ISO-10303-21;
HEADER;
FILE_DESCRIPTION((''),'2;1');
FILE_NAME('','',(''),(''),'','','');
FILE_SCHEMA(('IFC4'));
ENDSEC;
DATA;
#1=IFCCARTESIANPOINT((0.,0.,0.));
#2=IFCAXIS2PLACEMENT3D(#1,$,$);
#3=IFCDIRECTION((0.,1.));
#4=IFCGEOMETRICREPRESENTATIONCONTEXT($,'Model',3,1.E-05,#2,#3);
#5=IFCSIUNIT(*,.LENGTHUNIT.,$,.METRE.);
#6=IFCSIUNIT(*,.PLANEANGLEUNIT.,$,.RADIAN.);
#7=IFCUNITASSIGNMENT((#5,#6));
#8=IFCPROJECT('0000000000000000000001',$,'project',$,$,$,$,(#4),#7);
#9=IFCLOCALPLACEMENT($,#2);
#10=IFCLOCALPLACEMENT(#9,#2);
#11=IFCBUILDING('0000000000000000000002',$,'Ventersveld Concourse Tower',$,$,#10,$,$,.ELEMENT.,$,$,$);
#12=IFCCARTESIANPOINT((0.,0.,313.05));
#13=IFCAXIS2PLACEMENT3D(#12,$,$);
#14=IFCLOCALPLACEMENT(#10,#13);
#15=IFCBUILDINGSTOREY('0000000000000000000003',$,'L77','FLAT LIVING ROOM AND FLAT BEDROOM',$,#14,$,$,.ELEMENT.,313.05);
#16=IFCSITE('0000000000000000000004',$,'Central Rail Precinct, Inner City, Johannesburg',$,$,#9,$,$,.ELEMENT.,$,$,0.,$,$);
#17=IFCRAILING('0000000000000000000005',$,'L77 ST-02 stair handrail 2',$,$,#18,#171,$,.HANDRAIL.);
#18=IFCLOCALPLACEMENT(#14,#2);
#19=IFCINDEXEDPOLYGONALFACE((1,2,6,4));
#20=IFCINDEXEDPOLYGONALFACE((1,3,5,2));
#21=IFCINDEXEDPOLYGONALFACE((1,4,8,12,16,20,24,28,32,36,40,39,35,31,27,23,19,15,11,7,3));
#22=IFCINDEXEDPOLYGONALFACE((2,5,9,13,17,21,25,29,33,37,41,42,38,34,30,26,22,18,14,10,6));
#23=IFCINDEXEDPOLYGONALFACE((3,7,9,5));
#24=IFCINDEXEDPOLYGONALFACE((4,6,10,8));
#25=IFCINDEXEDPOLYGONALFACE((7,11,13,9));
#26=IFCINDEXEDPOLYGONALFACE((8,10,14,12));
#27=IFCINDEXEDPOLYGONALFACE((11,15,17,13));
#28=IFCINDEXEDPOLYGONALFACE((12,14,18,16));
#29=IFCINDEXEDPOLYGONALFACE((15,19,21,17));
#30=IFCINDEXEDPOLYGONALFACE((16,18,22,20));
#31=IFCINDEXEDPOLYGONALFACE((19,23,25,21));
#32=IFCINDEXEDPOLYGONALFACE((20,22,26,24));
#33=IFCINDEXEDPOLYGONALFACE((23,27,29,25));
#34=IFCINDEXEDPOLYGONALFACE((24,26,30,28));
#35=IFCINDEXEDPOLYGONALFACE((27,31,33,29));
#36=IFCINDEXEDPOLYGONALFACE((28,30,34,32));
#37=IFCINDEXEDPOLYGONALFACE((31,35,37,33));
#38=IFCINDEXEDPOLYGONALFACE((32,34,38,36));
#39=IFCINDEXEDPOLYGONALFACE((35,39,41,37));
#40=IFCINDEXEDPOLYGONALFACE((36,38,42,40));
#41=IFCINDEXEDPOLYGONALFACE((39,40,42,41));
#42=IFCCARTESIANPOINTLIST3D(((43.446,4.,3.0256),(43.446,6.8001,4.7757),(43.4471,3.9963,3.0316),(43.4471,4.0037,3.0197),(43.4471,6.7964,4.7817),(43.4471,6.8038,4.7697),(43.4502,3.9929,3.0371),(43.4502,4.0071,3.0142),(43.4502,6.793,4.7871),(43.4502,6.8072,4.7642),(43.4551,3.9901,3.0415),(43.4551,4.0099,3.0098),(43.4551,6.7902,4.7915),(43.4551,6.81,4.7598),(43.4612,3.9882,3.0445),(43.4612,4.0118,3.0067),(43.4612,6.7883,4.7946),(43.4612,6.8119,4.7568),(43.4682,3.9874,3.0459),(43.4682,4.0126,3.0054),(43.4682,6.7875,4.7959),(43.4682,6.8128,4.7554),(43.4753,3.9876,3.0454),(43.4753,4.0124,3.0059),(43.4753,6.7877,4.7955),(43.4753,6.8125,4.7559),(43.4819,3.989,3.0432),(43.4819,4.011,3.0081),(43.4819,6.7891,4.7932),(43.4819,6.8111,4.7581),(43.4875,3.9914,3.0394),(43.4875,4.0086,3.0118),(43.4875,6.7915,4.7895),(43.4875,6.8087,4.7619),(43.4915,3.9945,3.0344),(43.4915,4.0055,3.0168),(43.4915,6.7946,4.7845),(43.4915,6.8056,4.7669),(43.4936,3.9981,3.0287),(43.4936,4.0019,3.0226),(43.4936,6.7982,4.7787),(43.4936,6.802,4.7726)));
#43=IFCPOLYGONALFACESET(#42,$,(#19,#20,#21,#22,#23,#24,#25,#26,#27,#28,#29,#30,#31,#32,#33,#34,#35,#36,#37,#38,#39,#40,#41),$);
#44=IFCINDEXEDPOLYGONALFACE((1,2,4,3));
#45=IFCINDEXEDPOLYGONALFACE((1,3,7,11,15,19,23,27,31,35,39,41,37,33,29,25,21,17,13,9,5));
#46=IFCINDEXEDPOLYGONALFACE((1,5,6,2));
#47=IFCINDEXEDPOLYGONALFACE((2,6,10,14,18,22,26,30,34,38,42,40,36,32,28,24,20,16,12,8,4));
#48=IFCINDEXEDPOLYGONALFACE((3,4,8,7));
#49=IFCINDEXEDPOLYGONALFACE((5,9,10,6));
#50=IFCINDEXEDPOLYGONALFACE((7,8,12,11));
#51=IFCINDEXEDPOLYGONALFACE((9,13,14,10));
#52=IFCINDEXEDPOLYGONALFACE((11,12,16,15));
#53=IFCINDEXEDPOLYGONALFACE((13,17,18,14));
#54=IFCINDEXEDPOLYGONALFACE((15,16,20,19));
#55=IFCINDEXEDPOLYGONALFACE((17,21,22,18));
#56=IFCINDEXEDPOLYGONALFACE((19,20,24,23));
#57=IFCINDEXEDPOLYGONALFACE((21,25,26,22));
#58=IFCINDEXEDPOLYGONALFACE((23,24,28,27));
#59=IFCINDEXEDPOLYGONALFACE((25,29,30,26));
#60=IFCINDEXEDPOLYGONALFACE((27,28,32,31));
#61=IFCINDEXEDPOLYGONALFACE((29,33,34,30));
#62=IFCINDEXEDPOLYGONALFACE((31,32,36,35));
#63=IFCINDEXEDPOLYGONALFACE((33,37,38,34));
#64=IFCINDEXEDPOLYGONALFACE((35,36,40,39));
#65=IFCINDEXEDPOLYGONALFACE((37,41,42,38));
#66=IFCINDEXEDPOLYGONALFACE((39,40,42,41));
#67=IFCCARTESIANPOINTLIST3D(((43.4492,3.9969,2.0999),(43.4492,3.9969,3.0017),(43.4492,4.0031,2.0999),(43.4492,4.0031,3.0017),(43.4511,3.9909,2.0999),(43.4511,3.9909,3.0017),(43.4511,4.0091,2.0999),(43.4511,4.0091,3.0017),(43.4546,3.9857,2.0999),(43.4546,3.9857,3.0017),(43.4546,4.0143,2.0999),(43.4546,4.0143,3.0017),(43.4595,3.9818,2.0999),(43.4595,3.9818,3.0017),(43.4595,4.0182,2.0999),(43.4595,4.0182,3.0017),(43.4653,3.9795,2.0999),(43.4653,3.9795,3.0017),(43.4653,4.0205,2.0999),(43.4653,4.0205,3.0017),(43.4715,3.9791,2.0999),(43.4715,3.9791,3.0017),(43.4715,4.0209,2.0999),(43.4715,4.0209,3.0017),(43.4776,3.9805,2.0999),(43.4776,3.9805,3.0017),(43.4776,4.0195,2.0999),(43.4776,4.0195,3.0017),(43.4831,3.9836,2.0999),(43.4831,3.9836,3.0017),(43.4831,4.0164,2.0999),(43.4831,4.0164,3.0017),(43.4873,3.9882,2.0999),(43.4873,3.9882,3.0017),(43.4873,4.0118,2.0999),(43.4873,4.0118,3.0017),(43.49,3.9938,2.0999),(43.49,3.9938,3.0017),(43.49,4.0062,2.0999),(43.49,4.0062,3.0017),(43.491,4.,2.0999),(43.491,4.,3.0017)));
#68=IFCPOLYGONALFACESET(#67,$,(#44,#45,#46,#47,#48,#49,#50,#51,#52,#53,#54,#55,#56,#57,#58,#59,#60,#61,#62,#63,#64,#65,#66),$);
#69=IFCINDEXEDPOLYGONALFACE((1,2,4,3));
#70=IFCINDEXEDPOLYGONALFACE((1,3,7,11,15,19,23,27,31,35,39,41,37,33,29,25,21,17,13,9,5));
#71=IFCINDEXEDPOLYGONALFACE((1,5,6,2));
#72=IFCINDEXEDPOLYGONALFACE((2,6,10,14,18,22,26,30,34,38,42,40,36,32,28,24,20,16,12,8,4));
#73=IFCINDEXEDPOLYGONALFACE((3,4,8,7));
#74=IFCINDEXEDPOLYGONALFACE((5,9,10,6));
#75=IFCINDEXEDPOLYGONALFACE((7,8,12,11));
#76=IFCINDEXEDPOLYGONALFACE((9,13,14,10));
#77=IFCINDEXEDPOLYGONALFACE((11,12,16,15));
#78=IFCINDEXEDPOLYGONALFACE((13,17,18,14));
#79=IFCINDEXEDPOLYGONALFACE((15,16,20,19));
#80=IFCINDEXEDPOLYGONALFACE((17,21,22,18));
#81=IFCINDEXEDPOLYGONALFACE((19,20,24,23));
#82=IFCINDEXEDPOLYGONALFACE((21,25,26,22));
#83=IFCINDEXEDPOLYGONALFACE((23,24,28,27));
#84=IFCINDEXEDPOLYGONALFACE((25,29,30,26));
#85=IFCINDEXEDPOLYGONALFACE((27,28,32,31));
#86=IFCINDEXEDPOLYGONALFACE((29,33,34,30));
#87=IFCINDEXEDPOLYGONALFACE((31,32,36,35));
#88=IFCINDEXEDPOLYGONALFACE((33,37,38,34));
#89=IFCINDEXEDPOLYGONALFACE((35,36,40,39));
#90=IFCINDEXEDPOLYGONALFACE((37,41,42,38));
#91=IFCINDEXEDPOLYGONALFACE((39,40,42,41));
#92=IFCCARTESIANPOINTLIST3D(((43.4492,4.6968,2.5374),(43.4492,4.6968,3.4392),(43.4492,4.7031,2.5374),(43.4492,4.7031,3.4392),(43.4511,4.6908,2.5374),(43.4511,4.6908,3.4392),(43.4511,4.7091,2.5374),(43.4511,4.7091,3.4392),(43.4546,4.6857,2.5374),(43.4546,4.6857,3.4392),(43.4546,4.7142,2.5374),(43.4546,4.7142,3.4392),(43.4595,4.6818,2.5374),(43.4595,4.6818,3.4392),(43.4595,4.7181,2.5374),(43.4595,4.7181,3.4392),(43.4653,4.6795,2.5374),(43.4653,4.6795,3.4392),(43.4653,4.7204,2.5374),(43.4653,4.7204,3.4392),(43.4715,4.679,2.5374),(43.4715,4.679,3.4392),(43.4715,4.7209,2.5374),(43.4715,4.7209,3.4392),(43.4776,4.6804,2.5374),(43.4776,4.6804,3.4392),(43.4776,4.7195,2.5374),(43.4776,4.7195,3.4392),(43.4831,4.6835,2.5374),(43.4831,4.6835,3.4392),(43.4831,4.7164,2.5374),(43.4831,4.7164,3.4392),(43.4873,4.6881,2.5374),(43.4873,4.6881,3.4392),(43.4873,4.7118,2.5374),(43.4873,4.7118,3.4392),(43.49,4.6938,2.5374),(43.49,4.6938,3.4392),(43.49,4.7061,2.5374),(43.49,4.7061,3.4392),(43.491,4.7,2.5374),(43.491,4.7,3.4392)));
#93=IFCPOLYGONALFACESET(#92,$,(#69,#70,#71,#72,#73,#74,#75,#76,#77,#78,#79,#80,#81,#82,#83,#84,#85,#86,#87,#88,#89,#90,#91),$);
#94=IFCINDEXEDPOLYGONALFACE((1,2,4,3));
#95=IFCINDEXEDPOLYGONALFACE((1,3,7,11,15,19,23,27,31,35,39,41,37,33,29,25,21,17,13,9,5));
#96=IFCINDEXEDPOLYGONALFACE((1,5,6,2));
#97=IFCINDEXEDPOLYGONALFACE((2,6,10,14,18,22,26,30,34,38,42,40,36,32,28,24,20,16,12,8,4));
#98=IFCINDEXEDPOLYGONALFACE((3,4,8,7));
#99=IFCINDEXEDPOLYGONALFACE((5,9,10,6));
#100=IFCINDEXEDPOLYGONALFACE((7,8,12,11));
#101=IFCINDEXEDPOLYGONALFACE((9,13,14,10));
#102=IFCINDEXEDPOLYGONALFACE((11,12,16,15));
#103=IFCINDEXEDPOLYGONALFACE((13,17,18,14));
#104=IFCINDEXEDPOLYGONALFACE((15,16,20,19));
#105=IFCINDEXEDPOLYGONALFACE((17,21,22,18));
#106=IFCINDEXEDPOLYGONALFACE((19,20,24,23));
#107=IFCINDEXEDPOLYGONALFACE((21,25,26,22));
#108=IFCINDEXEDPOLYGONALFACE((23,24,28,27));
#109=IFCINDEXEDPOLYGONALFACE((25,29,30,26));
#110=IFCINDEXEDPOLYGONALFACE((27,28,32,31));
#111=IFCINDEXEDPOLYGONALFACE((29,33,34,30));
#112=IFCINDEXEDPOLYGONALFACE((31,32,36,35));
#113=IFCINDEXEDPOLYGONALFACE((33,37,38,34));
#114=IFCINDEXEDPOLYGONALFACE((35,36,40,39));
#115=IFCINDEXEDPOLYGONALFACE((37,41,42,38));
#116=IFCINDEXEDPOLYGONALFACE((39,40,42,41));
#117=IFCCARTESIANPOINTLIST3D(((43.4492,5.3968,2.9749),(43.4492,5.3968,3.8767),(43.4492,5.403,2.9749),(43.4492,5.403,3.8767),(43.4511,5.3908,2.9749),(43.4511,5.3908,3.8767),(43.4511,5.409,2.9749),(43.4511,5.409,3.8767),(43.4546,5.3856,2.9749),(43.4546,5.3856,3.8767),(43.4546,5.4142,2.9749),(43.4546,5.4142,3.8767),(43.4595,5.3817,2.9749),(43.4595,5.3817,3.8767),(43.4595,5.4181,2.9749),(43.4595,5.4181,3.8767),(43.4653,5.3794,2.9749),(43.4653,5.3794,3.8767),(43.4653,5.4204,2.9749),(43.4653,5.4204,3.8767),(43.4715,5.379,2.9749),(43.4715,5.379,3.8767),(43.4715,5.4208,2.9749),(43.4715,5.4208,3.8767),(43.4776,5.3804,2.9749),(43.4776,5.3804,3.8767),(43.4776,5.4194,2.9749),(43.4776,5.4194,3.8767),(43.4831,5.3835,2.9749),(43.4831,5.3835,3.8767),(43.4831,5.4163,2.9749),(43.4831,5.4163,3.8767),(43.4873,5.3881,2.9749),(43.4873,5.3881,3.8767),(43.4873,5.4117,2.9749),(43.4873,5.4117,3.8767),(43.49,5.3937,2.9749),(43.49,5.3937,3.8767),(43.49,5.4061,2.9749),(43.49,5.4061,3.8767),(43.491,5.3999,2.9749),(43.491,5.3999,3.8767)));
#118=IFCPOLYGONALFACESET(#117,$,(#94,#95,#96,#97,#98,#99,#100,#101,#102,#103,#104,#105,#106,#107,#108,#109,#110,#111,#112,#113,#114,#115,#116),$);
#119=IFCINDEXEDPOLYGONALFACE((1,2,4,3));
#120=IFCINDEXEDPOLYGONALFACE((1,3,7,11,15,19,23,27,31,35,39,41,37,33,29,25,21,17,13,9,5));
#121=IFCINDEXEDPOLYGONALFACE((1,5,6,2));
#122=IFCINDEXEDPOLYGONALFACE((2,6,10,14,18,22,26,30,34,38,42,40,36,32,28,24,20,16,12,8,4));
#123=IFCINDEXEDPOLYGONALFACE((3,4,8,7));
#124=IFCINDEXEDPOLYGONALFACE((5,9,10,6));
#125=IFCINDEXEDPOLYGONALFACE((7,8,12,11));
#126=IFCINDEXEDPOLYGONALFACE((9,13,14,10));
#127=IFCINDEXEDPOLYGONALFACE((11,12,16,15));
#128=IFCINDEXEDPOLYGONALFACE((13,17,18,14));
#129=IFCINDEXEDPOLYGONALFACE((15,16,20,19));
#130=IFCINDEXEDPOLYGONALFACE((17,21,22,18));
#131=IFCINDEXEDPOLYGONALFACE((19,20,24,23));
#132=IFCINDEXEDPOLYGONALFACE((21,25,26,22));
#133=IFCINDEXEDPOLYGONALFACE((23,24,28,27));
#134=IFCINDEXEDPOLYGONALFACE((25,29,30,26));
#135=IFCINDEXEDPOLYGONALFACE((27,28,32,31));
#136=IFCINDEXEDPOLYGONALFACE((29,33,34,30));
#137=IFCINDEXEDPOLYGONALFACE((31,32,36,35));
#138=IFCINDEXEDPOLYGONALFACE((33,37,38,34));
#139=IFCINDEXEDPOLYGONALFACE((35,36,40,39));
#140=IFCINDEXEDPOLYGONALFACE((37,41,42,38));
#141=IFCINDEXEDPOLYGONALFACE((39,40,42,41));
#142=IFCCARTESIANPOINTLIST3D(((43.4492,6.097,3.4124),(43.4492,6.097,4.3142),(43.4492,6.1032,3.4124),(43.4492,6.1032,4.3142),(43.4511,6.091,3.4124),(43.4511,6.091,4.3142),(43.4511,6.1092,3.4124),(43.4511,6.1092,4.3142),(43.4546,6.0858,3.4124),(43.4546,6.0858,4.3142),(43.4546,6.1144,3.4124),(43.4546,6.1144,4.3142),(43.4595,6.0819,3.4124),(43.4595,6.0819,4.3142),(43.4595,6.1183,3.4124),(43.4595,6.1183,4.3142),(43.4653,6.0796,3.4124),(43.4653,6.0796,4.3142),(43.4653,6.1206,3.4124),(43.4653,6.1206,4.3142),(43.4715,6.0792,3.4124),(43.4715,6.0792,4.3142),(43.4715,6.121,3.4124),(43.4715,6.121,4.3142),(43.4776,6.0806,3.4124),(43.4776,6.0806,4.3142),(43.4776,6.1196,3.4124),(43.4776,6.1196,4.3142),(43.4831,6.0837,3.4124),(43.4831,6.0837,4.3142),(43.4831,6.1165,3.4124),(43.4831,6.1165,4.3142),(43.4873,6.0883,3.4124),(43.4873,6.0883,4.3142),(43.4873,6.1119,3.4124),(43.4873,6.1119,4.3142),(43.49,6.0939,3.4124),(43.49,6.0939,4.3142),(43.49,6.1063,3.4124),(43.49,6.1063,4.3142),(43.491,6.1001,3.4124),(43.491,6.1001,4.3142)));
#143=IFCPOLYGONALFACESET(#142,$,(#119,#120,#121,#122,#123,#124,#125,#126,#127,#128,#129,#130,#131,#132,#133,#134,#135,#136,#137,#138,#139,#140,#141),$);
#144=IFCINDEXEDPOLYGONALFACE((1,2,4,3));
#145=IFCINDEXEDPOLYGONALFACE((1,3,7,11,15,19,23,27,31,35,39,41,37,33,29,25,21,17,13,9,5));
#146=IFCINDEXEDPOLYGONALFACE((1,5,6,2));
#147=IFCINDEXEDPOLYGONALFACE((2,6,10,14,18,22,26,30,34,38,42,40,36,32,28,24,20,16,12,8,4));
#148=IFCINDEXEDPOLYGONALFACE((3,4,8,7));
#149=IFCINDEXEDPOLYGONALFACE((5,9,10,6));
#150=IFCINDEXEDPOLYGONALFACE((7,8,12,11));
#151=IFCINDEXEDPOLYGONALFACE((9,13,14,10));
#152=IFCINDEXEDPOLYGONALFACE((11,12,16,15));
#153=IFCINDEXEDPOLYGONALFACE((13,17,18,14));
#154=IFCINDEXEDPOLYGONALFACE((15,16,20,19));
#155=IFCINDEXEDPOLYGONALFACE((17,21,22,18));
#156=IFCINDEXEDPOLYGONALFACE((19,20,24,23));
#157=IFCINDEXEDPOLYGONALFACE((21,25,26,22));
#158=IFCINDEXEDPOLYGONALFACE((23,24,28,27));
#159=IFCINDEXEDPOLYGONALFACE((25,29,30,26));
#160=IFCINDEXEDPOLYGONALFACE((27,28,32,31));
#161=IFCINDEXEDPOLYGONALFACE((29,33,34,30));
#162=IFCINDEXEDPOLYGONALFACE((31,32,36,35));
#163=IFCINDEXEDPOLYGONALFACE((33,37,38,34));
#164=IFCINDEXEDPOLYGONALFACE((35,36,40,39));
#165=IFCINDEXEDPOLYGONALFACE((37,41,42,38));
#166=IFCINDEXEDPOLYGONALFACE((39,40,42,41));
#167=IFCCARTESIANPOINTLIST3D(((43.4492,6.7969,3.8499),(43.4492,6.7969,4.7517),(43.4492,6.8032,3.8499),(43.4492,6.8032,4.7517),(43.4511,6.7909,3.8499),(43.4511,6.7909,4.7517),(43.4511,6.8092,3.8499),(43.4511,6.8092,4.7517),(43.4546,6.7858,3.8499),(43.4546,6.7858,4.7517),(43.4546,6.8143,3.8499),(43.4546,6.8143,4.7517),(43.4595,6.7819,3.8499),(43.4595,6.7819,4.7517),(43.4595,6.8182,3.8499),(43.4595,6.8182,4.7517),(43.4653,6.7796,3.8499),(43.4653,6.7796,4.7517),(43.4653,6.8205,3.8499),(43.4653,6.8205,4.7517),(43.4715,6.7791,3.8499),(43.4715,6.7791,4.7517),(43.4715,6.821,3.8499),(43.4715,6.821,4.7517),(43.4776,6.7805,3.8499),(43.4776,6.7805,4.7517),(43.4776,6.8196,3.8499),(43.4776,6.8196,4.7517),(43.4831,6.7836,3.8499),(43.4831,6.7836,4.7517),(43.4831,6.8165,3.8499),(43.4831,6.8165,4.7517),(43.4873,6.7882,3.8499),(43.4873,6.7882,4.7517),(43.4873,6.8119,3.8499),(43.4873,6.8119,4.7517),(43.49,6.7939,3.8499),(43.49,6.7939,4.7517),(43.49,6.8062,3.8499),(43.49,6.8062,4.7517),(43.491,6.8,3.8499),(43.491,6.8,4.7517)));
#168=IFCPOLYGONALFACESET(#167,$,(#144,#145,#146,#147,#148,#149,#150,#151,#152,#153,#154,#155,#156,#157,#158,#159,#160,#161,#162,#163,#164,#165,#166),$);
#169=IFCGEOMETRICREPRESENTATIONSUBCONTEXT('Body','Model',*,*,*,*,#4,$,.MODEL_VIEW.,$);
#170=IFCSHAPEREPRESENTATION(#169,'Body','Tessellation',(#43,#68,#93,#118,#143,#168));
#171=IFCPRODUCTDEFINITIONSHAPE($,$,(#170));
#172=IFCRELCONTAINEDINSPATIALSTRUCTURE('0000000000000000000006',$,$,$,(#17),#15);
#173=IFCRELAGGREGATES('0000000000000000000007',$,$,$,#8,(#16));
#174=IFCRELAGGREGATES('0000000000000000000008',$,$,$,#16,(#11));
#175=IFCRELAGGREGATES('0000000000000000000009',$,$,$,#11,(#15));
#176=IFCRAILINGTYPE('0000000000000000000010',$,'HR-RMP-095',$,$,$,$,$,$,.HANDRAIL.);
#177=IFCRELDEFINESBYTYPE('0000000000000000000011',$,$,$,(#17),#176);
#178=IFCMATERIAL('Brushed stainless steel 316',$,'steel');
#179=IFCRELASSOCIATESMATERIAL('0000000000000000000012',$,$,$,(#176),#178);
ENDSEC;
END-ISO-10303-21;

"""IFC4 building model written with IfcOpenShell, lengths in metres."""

from ifc_helpers import new_model, si_unit, direction, frame, origin, origin_2d, place, context, subcontext, project, spatial, circle, extrude, material, type_object, element, save


model = new_model("IFC4")

# Units and contexts
model_context = context("Model", 3, precision=1e-05, world=origin(), true_north=direction((0.0, 1.0)))
body_context = subcontext(model_context, "Body", "Model", "MODEL_VIEW")
ifc_project = project(units=[si_unit("LENGTHUNIT", "METRE"), si_unit("PLANEANGLEUNIT", "RADIAN")], contexts=[model_context])

# Site, building, storey
site_placement = place(None, origin())
site = spatial("IfcSite", under=ifc_project, at=site_placement, Name="Central Rail Precinct, Inner City, Johannesburg", CompositionType="ELEMENT", RefElevation=0.0)
building_placement = place(site_placement, origin())
building = spatial("IfcBuilding", under=site, at=building_placement, Name="Ventersveld Concourse Tower", CompositionType="ELEMENT")
storey_placement = place(building_placement, frame((0.0, 0.0, 313.05)))
storey = spatial("IfcBuildingStorey", under=building, at=storey_placement, Name="L77", Description="FLAT LIVING ROOM AND FLAT BEDROOM", CompositionType="ELEMENT", Elevation=313.05)

# Shared definitions
ifc_material_1 = material(Name="Brushed stainless steel 316", Category="steel")

# Railing
railing_type_1 = type_object("IfcRailingType", Name="HR-RMP-095", PredefinedType="HANDRAIL", material=ifc_material_1)
railing_1_placement = place(storey_placement, frame((43.47, 4.0, 2.0999)))
element("IfcRailing", 1, at=railing_1_placement, inside=storey, type_object=railing_type_1, Name="L77 ST-02 stair handrail 2", PredefinedType="HANDRAIL", context=body_context, shape_type="SweptSolid", body=[
    extrude(circle(Radius=0.0239, at=origin_2d()), frame((0.0, 0.0, 0.9258), z_axis=(0.0, 0.848002, 0.529992), x_axis=(-1.0, 0.0, 0.0)), (0.0, 0.0, 1.0), 3.302),
    extrude(circle(Radius=0.021, at=origin_2d()), origin(), (0.0, 0.0, 1.0), 0.9019),
    extrude(circle(Radius=0.021, at=origin_2d()), frame((0.0, 0.7, 0.4375)), (0.0, 0.0, 1.0), 0.9019),
    extrude(circle(Radius=0.021, at=origin_2d()), frame((0.0, 1.3999, 0.875)), (0.0, 0.0, 1.0), 0.9019),
    extrude(circle(Radius=0.021, at=origin_2d()), frame((0.0, 2.1001, 1.3125)), (0.0, 0.0, 1.0), 0.9019),
    extrude(circle(Radius=0.021, at=origin_2d()), frame((0.0, 2.8, 1.75)), (0.0, 0.0, 1.0), 0.9019),
])

save(model, "model.ifc")
